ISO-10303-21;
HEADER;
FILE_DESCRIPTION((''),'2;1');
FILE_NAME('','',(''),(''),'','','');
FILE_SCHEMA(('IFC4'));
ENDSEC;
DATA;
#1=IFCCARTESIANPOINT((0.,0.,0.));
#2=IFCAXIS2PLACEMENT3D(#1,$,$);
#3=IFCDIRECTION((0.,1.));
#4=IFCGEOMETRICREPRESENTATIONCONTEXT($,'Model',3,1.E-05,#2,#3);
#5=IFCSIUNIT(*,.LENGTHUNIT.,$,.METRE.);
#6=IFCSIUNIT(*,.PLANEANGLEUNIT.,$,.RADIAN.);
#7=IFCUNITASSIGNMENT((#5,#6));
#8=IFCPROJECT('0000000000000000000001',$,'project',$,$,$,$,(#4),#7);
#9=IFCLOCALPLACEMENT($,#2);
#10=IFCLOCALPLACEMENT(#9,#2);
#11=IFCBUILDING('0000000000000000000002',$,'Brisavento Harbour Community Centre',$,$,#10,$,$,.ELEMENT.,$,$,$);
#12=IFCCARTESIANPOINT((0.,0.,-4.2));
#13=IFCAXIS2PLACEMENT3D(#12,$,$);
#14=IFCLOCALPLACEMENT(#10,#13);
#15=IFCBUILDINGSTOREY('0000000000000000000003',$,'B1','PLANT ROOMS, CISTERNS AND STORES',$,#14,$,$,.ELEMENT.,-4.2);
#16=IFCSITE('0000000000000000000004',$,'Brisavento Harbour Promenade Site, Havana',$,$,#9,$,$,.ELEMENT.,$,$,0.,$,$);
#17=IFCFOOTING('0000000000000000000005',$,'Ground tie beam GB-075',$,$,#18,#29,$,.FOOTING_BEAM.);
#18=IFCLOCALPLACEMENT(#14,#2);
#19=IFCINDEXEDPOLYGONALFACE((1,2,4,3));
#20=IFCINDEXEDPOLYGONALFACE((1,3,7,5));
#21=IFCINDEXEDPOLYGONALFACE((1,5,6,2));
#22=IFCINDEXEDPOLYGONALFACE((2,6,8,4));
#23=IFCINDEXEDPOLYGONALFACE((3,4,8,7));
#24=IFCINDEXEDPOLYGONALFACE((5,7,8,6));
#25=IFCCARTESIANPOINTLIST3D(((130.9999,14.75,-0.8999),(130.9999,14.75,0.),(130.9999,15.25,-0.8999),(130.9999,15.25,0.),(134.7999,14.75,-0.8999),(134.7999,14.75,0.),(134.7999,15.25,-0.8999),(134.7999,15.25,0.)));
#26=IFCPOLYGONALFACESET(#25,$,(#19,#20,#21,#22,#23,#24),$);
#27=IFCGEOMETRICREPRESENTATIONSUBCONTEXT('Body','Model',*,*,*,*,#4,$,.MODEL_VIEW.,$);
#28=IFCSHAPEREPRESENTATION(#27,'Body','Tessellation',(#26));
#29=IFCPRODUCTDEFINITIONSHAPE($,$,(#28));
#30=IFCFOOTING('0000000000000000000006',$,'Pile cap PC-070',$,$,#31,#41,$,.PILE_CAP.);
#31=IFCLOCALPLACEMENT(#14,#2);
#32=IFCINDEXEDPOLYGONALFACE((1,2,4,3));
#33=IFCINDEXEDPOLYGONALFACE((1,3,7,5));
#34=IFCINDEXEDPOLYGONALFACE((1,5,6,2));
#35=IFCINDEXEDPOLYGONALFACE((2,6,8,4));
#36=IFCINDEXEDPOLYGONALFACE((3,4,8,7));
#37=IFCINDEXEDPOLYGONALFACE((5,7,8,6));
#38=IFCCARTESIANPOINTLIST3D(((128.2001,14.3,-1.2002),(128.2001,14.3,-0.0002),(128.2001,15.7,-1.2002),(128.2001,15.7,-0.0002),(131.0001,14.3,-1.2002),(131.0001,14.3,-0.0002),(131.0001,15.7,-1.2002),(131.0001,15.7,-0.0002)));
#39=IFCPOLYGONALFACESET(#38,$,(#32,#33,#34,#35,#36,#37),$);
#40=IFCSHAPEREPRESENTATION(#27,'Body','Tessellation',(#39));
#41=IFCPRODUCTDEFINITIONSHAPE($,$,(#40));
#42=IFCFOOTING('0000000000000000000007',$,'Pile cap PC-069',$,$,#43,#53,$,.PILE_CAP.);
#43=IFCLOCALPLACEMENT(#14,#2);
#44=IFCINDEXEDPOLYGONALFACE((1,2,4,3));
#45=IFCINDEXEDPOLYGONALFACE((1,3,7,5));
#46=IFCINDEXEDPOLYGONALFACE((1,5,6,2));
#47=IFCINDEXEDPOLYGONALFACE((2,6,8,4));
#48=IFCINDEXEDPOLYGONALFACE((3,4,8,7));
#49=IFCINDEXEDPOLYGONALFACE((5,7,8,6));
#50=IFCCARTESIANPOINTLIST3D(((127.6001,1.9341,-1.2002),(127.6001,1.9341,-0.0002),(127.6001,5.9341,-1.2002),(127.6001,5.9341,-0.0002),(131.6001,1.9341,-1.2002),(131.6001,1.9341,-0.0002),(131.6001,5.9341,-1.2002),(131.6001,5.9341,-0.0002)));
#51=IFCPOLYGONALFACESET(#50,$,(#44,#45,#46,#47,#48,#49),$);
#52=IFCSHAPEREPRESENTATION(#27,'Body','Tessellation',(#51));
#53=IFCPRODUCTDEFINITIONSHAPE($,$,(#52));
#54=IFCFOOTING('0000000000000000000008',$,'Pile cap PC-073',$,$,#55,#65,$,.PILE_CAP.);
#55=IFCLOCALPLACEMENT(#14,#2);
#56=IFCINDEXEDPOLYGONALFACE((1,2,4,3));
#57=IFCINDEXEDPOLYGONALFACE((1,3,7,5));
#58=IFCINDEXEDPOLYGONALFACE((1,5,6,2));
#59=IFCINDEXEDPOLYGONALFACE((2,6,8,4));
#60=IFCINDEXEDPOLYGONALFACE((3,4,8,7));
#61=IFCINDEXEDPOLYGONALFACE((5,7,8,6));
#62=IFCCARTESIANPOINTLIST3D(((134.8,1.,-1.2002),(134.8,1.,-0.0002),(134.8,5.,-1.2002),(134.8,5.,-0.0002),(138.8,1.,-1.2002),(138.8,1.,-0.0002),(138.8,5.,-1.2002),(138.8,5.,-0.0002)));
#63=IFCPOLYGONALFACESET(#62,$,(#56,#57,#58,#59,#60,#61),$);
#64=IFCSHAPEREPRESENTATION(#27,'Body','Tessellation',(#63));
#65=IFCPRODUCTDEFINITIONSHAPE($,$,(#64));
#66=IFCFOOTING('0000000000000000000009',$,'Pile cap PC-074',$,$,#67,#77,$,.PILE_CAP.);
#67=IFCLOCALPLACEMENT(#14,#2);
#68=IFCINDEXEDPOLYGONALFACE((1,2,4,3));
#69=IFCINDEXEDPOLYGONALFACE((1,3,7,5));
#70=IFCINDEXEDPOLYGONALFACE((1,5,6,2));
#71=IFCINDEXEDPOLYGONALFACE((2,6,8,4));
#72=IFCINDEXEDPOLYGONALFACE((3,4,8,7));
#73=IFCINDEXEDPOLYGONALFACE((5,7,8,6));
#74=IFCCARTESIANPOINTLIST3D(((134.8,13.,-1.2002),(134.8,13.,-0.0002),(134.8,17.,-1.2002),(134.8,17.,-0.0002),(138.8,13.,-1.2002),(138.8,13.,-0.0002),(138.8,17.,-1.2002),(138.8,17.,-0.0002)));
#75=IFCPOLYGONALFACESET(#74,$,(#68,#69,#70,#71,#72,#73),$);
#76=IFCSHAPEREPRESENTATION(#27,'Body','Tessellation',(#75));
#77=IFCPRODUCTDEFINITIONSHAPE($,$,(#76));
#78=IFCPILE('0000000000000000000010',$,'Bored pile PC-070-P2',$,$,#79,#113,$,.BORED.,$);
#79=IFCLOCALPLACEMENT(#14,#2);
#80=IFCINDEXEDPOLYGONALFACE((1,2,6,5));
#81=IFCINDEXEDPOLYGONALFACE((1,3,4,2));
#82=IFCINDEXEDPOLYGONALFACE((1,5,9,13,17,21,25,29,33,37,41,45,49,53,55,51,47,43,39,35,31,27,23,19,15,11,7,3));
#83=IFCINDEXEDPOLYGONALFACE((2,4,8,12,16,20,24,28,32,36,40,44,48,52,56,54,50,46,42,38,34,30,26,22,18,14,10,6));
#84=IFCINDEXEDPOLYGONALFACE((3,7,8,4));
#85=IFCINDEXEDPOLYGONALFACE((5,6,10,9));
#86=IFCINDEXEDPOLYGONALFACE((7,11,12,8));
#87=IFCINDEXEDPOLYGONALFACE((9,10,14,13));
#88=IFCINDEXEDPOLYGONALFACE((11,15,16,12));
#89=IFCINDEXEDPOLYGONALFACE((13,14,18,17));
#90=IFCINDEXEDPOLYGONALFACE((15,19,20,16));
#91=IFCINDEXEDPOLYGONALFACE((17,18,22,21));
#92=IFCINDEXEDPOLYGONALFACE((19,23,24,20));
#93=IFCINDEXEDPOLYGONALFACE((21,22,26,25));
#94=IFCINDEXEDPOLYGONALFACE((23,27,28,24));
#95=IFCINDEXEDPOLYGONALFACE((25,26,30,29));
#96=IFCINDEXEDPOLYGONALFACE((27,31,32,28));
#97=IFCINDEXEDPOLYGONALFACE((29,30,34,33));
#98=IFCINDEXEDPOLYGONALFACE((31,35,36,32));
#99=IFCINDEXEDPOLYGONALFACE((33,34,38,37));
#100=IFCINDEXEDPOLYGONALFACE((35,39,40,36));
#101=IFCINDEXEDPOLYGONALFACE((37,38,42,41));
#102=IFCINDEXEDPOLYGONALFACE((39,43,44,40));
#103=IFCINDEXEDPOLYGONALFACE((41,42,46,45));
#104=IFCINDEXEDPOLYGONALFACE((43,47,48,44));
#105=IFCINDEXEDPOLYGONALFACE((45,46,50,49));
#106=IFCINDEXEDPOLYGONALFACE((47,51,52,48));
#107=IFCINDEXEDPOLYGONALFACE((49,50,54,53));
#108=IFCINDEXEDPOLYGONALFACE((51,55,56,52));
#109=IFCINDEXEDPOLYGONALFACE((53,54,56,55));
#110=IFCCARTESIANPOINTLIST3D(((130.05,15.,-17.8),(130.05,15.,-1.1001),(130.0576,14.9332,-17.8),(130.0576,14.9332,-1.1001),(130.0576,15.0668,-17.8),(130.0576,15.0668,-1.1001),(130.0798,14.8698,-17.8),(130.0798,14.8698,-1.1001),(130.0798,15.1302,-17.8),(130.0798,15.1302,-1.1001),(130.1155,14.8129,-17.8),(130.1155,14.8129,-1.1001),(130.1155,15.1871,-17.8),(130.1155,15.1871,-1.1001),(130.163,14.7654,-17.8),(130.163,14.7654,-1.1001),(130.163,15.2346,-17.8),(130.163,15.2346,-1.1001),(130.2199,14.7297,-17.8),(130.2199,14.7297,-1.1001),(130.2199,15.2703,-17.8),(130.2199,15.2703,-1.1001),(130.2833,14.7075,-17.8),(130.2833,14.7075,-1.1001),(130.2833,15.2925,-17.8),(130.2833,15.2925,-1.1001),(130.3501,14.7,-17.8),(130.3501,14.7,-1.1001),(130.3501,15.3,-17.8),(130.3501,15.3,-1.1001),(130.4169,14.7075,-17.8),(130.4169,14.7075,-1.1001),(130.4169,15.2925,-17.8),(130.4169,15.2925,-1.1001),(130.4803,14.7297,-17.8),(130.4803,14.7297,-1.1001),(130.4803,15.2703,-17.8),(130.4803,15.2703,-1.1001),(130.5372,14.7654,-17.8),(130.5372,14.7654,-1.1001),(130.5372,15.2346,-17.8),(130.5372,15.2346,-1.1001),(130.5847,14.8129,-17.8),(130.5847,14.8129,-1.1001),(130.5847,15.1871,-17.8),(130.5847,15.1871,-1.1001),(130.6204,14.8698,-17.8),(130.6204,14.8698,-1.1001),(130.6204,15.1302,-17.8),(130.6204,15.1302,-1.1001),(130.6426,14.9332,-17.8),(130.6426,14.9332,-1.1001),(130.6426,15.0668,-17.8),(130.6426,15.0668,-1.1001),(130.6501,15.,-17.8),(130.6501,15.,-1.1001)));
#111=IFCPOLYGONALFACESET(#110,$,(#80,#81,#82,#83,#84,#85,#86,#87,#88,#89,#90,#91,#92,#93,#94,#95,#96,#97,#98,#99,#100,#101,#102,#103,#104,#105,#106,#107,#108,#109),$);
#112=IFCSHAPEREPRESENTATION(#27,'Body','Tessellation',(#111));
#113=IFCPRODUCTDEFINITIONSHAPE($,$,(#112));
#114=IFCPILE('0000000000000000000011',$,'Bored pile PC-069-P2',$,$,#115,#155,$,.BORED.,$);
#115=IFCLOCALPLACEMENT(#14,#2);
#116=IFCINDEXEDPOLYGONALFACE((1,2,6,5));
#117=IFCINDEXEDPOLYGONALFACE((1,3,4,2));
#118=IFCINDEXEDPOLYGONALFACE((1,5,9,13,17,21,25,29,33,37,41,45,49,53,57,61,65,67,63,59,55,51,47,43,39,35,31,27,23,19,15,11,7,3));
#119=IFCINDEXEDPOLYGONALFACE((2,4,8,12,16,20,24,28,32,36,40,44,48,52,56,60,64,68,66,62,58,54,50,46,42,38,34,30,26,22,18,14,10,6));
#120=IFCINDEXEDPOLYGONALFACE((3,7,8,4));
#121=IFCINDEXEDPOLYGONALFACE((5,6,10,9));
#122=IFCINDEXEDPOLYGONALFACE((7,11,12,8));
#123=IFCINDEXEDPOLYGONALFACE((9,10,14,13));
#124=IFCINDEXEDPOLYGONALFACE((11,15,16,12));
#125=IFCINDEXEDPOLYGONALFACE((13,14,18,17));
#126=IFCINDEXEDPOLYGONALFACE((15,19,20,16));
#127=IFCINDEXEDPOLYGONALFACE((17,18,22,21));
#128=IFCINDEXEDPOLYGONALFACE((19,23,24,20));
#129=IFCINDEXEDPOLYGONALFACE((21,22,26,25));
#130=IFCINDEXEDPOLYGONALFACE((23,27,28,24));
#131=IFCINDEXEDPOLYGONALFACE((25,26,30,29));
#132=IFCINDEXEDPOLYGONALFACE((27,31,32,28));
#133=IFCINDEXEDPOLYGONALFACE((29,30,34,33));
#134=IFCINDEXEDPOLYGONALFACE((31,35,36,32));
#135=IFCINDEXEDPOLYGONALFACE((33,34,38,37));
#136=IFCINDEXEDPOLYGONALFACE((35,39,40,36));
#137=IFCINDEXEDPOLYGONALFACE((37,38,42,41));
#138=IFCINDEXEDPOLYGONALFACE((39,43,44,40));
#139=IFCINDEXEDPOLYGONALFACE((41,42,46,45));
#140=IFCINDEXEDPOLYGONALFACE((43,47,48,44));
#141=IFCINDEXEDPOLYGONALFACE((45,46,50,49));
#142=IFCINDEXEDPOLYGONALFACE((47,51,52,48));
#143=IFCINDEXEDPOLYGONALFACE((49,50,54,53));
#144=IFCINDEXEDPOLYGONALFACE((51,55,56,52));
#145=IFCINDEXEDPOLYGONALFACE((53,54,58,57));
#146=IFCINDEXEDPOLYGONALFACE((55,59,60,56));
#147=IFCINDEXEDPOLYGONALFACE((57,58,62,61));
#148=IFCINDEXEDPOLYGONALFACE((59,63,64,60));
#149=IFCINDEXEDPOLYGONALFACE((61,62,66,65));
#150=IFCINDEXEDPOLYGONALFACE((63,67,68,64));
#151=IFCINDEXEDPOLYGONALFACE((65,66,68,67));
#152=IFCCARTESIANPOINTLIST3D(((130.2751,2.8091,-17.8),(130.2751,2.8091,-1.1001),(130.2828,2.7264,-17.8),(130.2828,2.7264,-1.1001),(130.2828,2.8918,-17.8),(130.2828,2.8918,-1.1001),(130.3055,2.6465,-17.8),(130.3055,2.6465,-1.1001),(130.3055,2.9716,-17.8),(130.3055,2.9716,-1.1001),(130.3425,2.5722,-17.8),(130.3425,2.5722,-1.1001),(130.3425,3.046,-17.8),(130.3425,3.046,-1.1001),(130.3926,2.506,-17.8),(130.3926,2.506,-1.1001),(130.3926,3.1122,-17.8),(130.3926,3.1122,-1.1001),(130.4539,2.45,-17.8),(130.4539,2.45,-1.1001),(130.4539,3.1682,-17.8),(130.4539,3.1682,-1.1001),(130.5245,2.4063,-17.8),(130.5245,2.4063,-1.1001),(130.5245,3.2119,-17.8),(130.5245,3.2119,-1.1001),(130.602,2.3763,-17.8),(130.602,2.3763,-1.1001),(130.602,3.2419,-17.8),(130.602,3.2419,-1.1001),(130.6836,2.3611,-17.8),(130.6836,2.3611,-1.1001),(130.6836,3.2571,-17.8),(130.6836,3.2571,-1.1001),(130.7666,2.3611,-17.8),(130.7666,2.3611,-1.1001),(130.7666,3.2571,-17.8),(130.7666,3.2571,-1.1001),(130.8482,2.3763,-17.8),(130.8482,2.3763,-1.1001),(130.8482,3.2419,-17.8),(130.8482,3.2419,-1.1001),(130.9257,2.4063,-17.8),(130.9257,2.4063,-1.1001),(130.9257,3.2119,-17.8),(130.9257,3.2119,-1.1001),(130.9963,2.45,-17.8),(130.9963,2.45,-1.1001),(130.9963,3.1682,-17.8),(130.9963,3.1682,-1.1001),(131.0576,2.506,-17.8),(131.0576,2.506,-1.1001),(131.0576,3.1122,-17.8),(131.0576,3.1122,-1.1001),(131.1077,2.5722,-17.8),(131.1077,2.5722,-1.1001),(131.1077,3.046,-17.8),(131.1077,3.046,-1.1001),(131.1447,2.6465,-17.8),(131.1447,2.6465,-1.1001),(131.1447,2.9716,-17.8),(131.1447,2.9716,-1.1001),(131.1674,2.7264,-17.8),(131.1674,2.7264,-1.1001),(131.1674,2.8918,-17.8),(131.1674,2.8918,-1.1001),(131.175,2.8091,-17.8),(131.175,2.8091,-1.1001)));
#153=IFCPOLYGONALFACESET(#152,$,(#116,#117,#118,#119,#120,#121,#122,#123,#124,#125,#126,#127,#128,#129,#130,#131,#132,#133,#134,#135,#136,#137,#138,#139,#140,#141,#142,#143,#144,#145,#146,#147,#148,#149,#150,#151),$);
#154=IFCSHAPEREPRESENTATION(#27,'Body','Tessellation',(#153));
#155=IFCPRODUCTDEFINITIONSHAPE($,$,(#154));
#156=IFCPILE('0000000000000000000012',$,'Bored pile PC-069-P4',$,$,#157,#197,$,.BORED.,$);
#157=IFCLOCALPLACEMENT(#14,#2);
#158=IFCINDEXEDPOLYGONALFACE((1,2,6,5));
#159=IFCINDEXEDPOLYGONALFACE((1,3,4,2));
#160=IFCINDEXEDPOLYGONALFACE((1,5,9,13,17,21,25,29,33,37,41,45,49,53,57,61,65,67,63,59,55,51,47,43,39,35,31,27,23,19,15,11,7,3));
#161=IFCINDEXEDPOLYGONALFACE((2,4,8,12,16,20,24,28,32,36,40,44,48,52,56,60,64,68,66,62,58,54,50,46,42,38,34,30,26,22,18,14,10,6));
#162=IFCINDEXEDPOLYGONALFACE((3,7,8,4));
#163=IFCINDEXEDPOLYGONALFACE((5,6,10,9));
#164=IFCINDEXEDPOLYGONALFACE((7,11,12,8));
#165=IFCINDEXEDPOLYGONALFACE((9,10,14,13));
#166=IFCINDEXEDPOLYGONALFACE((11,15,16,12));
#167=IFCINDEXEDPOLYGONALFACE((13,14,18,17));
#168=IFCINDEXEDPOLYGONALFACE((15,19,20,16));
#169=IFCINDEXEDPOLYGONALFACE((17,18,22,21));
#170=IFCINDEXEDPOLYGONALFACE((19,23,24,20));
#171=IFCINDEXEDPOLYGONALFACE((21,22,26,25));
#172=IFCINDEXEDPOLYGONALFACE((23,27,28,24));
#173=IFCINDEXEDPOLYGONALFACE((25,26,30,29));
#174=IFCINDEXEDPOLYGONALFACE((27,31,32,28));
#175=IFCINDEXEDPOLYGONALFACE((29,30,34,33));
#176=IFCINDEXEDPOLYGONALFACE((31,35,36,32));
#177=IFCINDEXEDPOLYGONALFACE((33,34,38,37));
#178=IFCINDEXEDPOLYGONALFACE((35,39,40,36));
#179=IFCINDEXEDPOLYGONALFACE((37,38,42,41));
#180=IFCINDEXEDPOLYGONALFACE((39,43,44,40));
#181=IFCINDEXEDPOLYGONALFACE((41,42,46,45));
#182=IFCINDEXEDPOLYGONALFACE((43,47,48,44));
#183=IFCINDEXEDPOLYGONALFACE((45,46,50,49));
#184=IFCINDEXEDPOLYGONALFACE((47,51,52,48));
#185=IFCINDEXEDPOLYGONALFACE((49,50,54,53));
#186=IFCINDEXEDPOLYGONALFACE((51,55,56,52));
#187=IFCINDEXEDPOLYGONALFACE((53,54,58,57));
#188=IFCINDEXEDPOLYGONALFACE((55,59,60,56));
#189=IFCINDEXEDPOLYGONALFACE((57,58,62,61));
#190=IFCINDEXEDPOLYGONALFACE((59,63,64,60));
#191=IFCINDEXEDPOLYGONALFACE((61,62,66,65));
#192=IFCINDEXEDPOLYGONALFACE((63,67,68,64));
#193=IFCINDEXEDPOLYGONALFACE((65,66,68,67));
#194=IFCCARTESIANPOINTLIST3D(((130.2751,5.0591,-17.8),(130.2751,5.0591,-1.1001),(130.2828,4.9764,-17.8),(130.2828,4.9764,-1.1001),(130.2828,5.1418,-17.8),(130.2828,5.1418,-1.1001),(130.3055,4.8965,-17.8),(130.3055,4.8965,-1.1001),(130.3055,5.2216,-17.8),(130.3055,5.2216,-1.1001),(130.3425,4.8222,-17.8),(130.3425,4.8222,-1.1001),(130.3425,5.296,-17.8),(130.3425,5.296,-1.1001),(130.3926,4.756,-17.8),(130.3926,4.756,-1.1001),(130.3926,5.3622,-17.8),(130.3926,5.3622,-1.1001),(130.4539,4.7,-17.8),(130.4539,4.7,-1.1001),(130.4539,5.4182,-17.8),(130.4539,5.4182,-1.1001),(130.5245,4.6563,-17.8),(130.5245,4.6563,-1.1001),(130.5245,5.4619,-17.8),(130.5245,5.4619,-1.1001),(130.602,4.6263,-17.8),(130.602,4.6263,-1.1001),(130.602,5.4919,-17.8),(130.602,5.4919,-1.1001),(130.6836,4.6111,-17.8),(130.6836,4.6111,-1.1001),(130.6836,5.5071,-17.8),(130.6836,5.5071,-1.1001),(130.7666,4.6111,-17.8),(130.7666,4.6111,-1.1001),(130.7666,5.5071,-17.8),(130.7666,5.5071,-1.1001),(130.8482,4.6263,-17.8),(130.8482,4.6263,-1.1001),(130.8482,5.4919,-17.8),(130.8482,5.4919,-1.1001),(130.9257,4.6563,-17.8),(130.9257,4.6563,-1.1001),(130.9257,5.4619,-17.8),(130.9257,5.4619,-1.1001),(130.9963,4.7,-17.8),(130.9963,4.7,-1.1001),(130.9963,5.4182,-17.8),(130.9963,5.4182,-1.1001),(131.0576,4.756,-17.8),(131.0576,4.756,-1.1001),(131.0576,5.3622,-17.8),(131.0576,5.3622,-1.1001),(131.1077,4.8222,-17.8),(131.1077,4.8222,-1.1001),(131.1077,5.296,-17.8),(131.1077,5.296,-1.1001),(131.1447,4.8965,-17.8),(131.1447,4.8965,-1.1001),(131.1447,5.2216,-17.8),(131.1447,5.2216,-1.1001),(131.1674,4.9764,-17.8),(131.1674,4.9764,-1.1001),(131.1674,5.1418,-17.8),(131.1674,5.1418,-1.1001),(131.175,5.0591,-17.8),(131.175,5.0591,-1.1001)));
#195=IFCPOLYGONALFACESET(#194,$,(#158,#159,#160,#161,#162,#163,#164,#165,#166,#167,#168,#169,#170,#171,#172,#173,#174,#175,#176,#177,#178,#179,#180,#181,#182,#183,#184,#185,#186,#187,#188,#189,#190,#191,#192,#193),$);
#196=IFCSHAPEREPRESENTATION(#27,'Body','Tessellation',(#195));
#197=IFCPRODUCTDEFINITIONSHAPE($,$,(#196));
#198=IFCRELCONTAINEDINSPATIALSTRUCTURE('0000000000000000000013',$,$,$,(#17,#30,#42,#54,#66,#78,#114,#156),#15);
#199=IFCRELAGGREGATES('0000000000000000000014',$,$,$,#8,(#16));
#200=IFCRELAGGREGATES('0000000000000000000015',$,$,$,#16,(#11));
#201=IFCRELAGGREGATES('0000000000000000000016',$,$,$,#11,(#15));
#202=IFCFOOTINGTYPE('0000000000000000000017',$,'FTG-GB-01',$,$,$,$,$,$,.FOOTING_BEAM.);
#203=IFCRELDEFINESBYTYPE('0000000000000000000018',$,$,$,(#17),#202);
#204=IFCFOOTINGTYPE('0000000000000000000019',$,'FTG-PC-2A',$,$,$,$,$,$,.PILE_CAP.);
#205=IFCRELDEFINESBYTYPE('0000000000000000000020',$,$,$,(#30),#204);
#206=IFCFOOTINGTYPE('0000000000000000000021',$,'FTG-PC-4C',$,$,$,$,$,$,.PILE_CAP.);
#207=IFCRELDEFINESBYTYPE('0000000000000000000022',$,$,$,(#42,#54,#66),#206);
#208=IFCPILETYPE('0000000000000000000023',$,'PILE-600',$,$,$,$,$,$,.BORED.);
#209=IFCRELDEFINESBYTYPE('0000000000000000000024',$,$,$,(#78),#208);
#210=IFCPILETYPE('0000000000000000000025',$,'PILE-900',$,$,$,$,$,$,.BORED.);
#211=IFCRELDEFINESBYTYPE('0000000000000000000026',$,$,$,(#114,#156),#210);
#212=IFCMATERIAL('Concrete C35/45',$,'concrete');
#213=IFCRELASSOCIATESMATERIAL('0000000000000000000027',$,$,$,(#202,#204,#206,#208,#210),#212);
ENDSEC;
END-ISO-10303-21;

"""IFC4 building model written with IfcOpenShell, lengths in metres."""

from ifc_helpers import new_model, si_unit, direction, frame, origin, origin_2d, place, context, subcontext, project, spatial, rectangle, circle, extrude, material, material_profile, profile_set, type_object, element, save


model = new_model("IFC4")

# Units and contexts
model_context = context("Model", 3, precision=1e-05, world=origin(), true_north=direction((0.0, 1.0)))
body_context = subcontext(model_context, "Body", "Model", "MODEL_VIEW")
ifc_project = project(units=[si_unit("LENGTHUNIT", "METRE"), si_unit("PLANEANGLEUNIT", "RADIAN")], contexts=[model_context])

# Site, building, storey
site_placement = place(None, origin())
site = spatial("IfcSite", under=ifc_project, at=site_placement, Name="Brisavento Harbour Promenade Site, Havana", CompositionType="ELEMENT", RefElevation=0.0)
building_placement = place(site_placement, origin())
building = spatial("IfcBuilding", under=site, at=building_placement, Name="Brisavento Harbour Community Centre", CompositionType="ELEMENT")
storey_placement = place(building_placement, frame((0.0, 0.0, -4.2)))
storey = spatial("IfcBuildingStorey", under=building, at=storey_placement, Name="B1", Description="PLANT ROOMS, CISTERNS AND STORES", CompositionType="ELEMENT", Elevation=-4.2)

# Footings
ifc_material_1 = material(Name="Concrete C35/45", Category="concrete")
footing_type_1 = type_object("IfcFootingType", Name="FTG-GB-01", PredefinedType="FOOTING_BEAM", material=ifc_material_1)
footing_1_placement = place(storey_placement, frame((132.8999, 15.0, -0.8999), z_axis=(0.0, 0.0, 1.0), x_axis=(1.0, 0.0, 0.0)))
element("IfcFooting", 1, at=footing_1_placement, inside=storey, type_object=footing_type_1, Name="Ground tie beam GB-075", PredefinedType="FOOTING_BEAM", context=body_context, shape_type="SweptSolid", body=[
    extrude(rectangle(XDim=3.8, YDim=0.5, at=origin_2d()), origin(), (0.0, 0.0, 1.0), 0.8999),
])
footing_type_2 = type_object("IfcFootingType", Name="FTG-PC-2A", PredefinedType="PILE_CAP", material=ifc_material_1)
footing_2_placement = place(storey_placement, frame((129.6001, 15.0, -1.2002), z_axis=(0.0, 0.0, 1.0), x_axis=(1.0, 0.0, 0.0)))
element("IfcFooting", 2, at=footing_2_placement, inside=storey, type_object=footing_type_2, Name="Pile cap PC-070", PredefinedType="PILE_CAP", context=body_context, shape_type="SweptSolid", body=[
    extrude(rectangle(XDim=2.8, YDim=1.3999, at=origin_2d()), origin(), (0.0, 0.0, 1.0), 1.2),
])
footing_type_3 = type_object("IfcFootingType", Name="FTG-PC-4C", PredefinedType="PILE_CAP", material=ifc_material_1)
for number, where, z_axis, x_axis, name in (
    (3, (129.6001, 3.9341, -1.2002), (0.0, 0.0, 1.0), (1.0, 0.0, 0.0), "Pile cap PC-069"),
    (4, (136.8, 3.0, -1.2002), (0.0, 0.0, 1.0), (1.0, 0.0, 0.0), "Pile cap PC-073"),
    (5, (136.8, 15.0, -1.2002), (0.0, 0.0, 1.0), (1.0, 0.0, 0.0), "Pile cap PC-074"),
):
    element("IfcFooting", number, at=place(storey_placement, frame(where, z_axis=z_axis, x_axis=x_axis)), inside=storey, type_object=footing_type_3, Name=name, PredefinedType="PILE_CAP", context=body_context, shape_type="SweptSolid", body=[
        extrude(rectangle(XDim=4.0, YDim=4.0, at=origin_2d()), origin(), (0.0, 0.0, 1.0), 1.2),
    ])

# Piles
ifc_material_profile_1 = material_profile(ifc_material_1, circle(Radius=0.3, at=origin_2d()), Name="Concrete C35/45")
ifc_profile_set_1 = profile_set([ifc_material_profile_1], Name="Concrete C35/45")
pile_type_1 = type_object("IfcPileType", Name="PILE-600", PredefinedType="BORED", material=ifc_profile_set_1)
pile_placement = place(storey_placement, frame((130.3501, 15.0, -1.1001), z_axis=(0.0, 0.0, -1.0), x_axis=(1.0, 0.0, 0.0)))
element("IfcPile", 6, at=pile_placement, inside=storey, type_object=pile_type_1, Name="Bored pile PC-070-P2", PredefinedType="BORED", context=body_context, shape_type="SweptSolid", body=[
    extrude(circle(Radius=0.3, at=origin_2d()), origin(), (0.0, 0.0, 1.0), 16.7),
])
ifc_material_profile_2 = material_profile(ifc_material_1, circle(Radius=0.45, at=origin_2d()), Name="Concrete C35/45")
ifc_profile_set_2 = profile_set([ifc_material_profile_2], Name="Concrete C35/45")
pile_type_2 = type_object("IfcPileType", Name="PILE-900", PredefinedType="BORED", material=ifc_profile_set_2)
for number, where, z_axis, x_axis, name in (
    (7, (130.7251, 2.8091, -1.1001), (0.0, 0.0, -1.0), (1.0, 0.0, 0.0), "Bored pile PC-069-P2"),
    (8, (130.7251, 5.0591, -1.1001), (0.0, 0.0, -1.0), (1.0, 0.0, 0.0), "Bored pile PC-069-P4"),
):
    element("IfcPile", number, at=place(storey_placement, frame(where, z_axis=z_axis, x_axis=x_axis)), inside=storey, type_object=pile_type_2, Name=name, PredefinedType="BORED", context=body_context, shape_type="SweptSolid", body=[
        extrude(circle(Radius=0.45, at=origin_2d()), origin(), (0.0, 0.0, 1.0), 16.7),
    ])

save(model, "model.ifc")
